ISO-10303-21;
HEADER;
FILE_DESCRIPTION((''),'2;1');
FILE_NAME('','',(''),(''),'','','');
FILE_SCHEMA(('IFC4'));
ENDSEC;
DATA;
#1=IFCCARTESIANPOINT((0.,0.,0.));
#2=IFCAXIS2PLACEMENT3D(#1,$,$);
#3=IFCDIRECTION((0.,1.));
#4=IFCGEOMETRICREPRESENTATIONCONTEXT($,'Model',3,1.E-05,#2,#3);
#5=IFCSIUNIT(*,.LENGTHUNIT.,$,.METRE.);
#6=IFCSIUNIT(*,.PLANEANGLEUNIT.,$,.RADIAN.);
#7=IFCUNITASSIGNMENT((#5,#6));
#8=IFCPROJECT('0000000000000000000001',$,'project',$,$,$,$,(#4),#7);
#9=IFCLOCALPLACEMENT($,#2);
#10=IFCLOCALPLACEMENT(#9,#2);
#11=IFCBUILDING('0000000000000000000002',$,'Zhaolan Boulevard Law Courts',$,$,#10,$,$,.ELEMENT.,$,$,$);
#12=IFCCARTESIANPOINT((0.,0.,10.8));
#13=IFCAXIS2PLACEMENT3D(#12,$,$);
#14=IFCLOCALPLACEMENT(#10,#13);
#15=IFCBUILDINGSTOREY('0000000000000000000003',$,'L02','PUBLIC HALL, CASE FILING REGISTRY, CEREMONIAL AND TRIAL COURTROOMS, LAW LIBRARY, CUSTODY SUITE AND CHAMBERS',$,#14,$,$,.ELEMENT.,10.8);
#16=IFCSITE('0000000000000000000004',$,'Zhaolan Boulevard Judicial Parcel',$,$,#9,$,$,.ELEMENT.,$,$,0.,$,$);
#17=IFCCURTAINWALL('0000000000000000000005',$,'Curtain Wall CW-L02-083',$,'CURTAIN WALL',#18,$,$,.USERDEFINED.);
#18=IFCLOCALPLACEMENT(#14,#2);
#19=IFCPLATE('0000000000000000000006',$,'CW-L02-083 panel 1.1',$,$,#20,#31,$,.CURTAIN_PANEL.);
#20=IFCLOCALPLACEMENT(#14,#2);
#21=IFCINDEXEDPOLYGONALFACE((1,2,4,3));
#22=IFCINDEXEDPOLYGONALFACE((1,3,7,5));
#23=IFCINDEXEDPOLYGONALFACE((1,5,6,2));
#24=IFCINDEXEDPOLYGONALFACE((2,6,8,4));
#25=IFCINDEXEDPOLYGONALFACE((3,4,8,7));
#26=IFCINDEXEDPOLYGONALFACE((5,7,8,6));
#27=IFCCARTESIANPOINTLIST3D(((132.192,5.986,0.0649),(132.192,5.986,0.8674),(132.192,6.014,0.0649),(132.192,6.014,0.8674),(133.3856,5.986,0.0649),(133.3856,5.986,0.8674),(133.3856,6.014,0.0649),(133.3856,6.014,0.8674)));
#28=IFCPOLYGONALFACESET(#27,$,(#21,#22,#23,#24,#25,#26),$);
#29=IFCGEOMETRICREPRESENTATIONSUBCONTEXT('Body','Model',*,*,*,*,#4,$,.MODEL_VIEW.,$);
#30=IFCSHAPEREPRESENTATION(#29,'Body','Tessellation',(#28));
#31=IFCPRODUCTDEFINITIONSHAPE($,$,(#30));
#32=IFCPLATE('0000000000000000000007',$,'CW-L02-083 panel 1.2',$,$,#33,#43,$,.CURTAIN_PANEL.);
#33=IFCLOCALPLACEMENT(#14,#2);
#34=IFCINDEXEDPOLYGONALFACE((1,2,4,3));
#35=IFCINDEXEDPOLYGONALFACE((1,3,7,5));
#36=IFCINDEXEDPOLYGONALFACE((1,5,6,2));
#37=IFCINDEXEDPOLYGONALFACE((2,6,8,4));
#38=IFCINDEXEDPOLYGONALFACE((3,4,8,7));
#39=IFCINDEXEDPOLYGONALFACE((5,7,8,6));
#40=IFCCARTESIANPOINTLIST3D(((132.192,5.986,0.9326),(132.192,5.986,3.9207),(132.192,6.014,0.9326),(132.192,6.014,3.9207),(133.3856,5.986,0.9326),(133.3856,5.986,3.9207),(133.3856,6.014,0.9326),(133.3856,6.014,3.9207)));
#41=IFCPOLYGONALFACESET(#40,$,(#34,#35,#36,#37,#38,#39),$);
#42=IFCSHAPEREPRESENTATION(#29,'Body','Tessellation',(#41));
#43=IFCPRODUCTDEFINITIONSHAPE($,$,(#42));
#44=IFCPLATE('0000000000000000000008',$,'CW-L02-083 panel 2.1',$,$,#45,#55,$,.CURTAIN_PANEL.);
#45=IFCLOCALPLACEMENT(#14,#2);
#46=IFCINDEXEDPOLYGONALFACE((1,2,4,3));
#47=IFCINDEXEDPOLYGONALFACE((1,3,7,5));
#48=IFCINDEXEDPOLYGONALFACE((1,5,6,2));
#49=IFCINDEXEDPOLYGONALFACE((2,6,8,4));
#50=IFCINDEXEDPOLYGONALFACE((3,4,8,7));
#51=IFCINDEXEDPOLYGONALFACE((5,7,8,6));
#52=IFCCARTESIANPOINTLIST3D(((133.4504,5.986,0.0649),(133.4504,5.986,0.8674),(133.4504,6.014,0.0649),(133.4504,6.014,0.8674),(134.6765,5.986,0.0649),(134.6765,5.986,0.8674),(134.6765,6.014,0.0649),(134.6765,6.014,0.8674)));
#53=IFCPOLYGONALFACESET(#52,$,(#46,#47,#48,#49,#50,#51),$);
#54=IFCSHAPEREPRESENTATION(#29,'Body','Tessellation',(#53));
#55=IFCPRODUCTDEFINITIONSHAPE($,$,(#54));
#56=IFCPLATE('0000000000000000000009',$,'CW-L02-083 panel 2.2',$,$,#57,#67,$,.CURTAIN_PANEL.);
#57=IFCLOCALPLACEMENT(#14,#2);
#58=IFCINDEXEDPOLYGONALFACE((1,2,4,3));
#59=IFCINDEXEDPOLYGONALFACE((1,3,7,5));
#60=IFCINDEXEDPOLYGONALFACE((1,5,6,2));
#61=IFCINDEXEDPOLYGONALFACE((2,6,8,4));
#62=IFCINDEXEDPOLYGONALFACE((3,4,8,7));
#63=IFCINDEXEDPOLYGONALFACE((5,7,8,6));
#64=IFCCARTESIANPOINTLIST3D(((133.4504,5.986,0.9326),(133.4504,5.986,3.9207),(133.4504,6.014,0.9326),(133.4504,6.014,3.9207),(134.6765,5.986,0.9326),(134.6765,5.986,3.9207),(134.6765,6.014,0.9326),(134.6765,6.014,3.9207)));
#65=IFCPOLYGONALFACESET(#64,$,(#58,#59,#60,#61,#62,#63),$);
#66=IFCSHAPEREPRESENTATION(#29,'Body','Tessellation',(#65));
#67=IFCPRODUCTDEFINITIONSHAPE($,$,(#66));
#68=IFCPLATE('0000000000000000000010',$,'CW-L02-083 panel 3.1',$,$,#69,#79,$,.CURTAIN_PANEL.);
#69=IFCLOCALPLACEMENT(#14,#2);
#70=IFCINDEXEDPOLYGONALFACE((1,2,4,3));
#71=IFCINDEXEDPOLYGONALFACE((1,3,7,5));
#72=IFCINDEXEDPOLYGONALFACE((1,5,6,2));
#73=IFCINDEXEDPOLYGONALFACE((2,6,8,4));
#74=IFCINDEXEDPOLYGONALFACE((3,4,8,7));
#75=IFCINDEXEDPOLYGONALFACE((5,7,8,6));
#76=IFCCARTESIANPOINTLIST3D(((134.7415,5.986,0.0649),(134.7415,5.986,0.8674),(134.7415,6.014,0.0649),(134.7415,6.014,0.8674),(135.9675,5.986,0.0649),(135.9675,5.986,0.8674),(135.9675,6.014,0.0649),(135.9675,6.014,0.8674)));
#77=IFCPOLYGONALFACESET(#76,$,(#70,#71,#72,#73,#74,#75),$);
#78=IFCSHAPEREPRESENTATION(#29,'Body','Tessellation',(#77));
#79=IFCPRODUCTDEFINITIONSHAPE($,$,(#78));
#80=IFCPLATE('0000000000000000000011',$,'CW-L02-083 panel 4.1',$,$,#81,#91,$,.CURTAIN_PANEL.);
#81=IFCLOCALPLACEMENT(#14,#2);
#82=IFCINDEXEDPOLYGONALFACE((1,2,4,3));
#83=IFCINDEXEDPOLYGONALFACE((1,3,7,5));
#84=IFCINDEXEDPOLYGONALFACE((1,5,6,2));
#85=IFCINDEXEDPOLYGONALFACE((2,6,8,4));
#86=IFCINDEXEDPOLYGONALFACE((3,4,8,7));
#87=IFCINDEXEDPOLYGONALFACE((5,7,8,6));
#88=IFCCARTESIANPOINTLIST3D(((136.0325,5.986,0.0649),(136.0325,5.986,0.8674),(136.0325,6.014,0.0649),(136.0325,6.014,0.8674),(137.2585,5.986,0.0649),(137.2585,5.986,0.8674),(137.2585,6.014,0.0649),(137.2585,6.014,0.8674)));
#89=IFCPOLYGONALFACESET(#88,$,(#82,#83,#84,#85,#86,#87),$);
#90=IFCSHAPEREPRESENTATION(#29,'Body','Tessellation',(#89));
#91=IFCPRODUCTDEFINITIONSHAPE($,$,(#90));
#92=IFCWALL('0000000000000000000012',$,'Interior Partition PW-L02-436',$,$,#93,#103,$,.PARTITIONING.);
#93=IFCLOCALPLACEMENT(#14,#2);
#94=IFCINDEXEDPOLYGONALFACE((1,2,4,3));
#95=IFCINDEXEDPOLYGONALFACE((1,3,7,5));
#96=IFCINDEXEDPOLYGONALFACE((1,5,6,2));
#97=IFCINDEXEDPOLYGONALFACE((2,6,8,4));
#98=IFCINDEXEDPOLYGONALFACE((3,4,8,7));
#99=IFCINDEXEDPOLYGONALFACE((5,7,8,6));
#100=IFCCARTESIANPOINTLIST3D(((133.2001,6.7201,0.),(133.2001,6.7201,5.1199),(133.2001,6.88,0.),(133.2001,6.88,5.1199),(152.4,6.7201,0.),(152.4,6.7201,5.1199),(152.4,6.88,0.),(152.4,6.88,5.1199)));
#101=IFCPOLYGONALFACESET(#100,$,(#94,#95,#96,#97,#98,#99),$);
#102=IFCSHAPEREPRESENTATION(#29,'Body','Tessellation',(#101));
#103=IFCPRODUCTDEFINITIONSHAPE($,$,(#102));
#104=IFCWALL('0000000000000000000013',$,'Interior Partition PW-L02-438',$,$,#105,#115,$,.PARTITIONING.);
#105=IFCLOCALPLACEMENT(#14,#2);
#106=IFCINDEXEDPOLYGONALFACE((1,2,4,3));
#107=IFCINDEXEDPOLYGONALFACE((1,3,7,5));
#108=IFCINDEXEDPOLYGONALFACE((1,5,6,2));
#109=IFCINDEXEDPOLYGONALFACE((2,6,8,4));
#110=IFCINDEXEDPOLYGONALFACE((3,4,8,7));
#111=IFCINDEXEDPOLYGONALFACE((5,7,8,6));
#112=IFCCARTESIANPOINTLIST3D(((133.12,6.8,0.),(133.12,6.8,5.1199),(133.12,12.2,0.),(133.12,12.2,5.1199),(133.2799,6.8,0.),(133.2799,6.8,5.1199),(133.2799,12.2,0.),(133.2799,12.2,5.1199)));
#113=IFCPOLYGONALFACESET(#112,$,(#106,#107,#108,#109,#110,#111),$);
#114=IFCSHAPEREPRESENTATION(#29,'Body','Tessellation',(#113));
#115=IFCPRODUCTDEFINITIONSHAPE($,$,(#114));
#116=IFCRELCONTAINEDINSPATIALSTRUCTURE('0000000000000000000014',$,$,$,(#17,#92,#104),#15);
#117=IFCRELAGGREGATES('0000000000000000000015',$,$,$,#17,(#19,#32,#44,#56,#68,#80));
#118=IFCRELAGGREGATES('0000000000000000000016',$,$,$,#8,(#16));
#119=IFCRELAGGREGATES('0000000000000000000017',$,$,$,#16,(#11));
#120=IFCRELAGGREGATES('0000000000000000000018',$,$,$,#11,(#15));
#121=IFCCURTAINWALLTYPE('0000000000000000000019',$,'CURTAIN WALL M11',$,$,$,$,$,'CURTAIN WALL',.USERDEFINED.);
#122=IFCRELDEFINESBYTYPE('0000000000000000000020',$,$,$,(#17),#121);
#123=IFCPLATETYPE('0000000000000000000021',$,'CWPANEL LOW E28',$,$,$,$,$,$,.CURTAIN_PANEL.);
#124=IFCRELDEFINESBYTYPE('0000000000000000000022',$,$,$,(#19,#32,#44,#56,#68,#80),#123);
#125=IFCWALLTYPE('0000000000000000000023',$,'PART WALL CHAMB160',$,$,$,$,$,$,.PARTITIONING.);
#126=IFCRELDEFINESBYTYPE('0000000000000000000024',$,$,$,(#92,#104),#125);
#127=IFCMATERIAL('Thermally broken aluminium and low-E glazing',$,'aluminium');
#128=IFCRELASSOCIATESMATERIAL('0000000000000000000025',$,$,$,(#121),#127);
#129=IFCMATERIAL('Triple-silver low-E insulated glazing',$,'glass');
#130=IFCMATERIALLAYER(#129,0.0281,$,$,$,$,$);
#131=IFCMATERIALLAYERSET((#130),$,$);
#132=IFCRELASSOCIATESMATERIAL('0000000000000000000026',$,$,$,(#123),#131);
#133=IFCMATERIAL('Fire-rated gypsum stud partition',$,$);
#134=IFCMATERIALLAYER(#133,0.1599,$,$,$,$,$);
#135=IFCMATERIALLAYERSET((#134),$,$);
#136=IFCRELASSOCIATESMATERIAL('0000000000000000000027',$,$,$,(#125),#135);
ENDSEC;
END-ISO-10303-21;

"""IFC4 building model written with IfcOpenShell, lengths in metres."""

from ifc_helpers import new_model, si_unit, direction, frame, frame_2d, origin, origin_2d, place, context, subcontext, project, spatial, rectangle, extrude, material, layer, layer_set, type_object, element, aggregate, save


model = new_model("IFC4")

# Units and contexts
model_context = context("Model", 3, precision=1e-05, world=origin(), true_north=direction((0.0, 1.0)))
body_context = subcontext(model_context, "Body", "Model", "MODEL_VIEW")
ifc_project = project(units=[si_unit("LENGTHUNIT", "METRE"), si_unit("PLANEANGLEUNIT", "RADIAN")], contexts=[model_context])

# Site, building, storey
site_placement = place(None, origin())
site = spatial("IfcSite", under=ifc_project, at=site_placement, Name="Zhaolan Boulevard Judicial Parcel", CompositionType="ELEMENT", RefElevation=0.0)
building_placement = place(site_placement, origin())
building = spatial("IfcBuilding", under=site, at=building_placement, Name="Zhaolan Boulevard Law Courts", CompositionType="ELEMENT")
storey_placement = place(building_placement, frame((0.0, 0.0, 10.8)))
storey = spatial("IfcBuildingStorey", under=building, at=storey_placement, Name="L02", Description="PUBLIC HALL, CASE FILING REGISTRY, CEREMONIAL AND TRIAL COURTROOMS, LAW LIBRARY, CUSTODY SUITE AND CHAMBERS", CompositionType="ELEMENT", Elevation=10.8)

# Curtain wall, plates
ifc_material_1 = material(Name="Thermally broken aluminium and low-E glazing", Category="aluminium")
curtain_wall_type = type_object("IfcCurtainWallType", Name="CURTAIN WALL M11", ElementType="CURTAIN WALL", PredefinedType="USERDEFINED", material=ifc_material_1)
curtain_wall_placement = place(storey_placement, origin())
curtain_wall = element("IfcCurtainWall", 1, at=curtain_wall_placement, inside=storey, type_object=curtain_wall_type, Name="Curtain Wall CW-L02-083", ObjectType="CURTAIN WALL", PredefinedType="USERDEFINED")
ifc_material_2 = material(Name="Triple-silver low-E insulated glazing", Category="glass")
ifc_layer_1 = layer(ifc_material_2, 0.0281)
ifc_layer_set_1 = layer_set([ifc_layer_1])
plate_type = type_object("IfcPlateType", Name="CWPANEL LOW E28", PredefinedType="CURTAIN_PANEL", material=ifc_layer_set_1)
plate_1_placement = place(storey_placement, frame((132.7888, 6.0, 0.0649), z_axis=(0.0, 0.0, 1.0), x_axis=(1.0, 0.0, 0.0)))
plate_1 = element("IfcPlate", 2, at=plate_1_placement, type_object=plate_type, Name="CW-L02-083 panel 1.1", PredefinedType="CURTAIN_PANEL", context=body_context, shape_type="SweptSolid", body=[
    extrude(rectangle(XDim=1.1936, YDim=0.0281, at=origin_2d()), origin(), (0.0, 0.0, 1.0), 0.8025),
])
plate_2_placement = place(storey_placement, frame((132.7888, 6.0, 0.9326), z_axis=(0.0, 0.0, 1.0), x_axis=(1.0, 0.0, 0.0)))
plate_2 = element("IfcPlate", 3, at=plate_2_placement, type_object=plate_type, Name="CW-L02-083 panel 1.2", PredefinedType="CURTAIN_PANEL", context=body_context, shape_type="SweptSolid", body=[
    extrude(rectangle(XDim=1.1936, YDim=0.0281, at=origin_2d()), origin(), (0.0, 0.0, 1.0), 2.988),
])
plate_3_placement = place(storey_placement, frame((134.0635, 6.0, 0.0649), z_axis=(0.0, 0.0, 1.0), x_axis=(1.0, 0.0, 0.0)))
plate_3 = element("IfcPlate", 4, at=plate_3_placement, type_object=plate_type, Name="CW-L02-083 panel 2.1", PredefinedType="CURTAIN_PANEL", context=body_context, shape_type="SweptSolid", body=[
    extrude(rectangle(XDim=1.2261, YDim=0.0281, at=origin_2d()), origin(), (0.0, 0.0, 1.0), 0.8025),
])
plate_4_placement = place(storey_placement, frame((134.0635, 6.0, 0.9326), z_axis=(0.0, 0.0, 1.0), x_axis=(1.0, 0.0, 0.0)))
plate_4 = element("IfcPlate", 5, at=plate_4_placement, type_object=plate_type, Name="CW-L02-083 panel 2.2", PredefinedType="CURTAIN_PANEL", context=body_context, shape_type="SweptSolid", body=[
    extrude(rectangle(XDim=1.2261, YDim=0.0281, at=origin_2d()), origin(), (0.0, 0.0, 1.0), 2.988),
])
plate_5_placement = place(storey_placement, frame((135.3545, 6.0, 0.0649), z_axis=(0.0, 0.0, 1.0), x_axis=(1.0, 0.0, 0.0)))
plate_5 = element("IfcPlate", 6, at=plate_5_placement, type_object=plate_type, Name="CW-L02-083 panel 3.1", PredefinedType="CURTAIN_PANEL", context=body_context, shape_type="SweptSolid", body=[
    extrude(rectangle(XDim=1.2261, YDim=0.0281, at=origin_2d()), origin(), (0.0, 0.0, 1.0), 0.8025),
])
plate_6_placement = place(storey_placement, frame((136.6455, 6.0, 0.0649), z_axis=(0.0, 0.0, 1.0), x_axis=(1.0, 0.0, 0.0)))
plate_6 = element("IfcPlate", 7, at=plate_6_placement, type_object=plate_type, Name="CW-L02-083 panel 4.1", PredefinedType="CURTAIN_PANEL", context=body_context, shape_type="SweptSolid", body=[
    extrude(rectangle(XDim=1.2261, YDim=0.0281, at=origin_2d()), origin(), (0.0, 0.0, 1.0), 0.8025),
])
aggregate(curtain_wall, [plate_1, plate_2, plate_3, plate_4, plate_5, plate_6])

# Walls
ifc_material_3 = material(Name="Fire-rated gypsum stud partition")
ifc_layer_2 = layer(ifc_material_3, 0.1599)
ifc_layer_set_2 = layer_set([ifc_layer_2])
wall_type = type_object("IfcWallType", Name="PART WALL CHAMB160", PredefinedType="PARTITIONING", material=ifc_layer_set_2)
wall_1_placement = place(storey_placement, frame((133.2, 6.8, 0.0), z_axis=(0.0, 0.0, 1.0), x_axis=(1.0, 0.0, 0.0)))
element("IfcWall", 8, at=wall_1_placement, inside=storey, type_object=wall_type, Name="Interior Partition PW-L02-436", PredefinedType="PARTITIONING", context=body_context, shape_type="SweptSolid", body=[
    extrude(rectangle(XDim=19.2, YDim=0.1599, at=frame_2d((9.6001, 0.0))), origin(), (0.0, 0.0, 1.0), 5.1199),
])
wall_2_placement = place(storey_placement, frame((133.2, 12.2, 0.0), z_axis=(0.0, 0.0, 1.0), x_axis=(0.0, -1.0, 0.0)))
element("IfcWall", 9, at=wall_2_placement, inside=storey, type_object=wall_type, Name="Interior Partition PW-L02-438", PredefinedType="PARTITIONING", context=body_context, shape_type="SweptSolid", body=[
    extrude(rectangle(XDim=5.3999, YDim=0.1599, at=frame_2d((2.7, 0.0))), origin(), (0.0, 0.0, 1.0), 5.1199),
])

save(model, "model.ifc")
